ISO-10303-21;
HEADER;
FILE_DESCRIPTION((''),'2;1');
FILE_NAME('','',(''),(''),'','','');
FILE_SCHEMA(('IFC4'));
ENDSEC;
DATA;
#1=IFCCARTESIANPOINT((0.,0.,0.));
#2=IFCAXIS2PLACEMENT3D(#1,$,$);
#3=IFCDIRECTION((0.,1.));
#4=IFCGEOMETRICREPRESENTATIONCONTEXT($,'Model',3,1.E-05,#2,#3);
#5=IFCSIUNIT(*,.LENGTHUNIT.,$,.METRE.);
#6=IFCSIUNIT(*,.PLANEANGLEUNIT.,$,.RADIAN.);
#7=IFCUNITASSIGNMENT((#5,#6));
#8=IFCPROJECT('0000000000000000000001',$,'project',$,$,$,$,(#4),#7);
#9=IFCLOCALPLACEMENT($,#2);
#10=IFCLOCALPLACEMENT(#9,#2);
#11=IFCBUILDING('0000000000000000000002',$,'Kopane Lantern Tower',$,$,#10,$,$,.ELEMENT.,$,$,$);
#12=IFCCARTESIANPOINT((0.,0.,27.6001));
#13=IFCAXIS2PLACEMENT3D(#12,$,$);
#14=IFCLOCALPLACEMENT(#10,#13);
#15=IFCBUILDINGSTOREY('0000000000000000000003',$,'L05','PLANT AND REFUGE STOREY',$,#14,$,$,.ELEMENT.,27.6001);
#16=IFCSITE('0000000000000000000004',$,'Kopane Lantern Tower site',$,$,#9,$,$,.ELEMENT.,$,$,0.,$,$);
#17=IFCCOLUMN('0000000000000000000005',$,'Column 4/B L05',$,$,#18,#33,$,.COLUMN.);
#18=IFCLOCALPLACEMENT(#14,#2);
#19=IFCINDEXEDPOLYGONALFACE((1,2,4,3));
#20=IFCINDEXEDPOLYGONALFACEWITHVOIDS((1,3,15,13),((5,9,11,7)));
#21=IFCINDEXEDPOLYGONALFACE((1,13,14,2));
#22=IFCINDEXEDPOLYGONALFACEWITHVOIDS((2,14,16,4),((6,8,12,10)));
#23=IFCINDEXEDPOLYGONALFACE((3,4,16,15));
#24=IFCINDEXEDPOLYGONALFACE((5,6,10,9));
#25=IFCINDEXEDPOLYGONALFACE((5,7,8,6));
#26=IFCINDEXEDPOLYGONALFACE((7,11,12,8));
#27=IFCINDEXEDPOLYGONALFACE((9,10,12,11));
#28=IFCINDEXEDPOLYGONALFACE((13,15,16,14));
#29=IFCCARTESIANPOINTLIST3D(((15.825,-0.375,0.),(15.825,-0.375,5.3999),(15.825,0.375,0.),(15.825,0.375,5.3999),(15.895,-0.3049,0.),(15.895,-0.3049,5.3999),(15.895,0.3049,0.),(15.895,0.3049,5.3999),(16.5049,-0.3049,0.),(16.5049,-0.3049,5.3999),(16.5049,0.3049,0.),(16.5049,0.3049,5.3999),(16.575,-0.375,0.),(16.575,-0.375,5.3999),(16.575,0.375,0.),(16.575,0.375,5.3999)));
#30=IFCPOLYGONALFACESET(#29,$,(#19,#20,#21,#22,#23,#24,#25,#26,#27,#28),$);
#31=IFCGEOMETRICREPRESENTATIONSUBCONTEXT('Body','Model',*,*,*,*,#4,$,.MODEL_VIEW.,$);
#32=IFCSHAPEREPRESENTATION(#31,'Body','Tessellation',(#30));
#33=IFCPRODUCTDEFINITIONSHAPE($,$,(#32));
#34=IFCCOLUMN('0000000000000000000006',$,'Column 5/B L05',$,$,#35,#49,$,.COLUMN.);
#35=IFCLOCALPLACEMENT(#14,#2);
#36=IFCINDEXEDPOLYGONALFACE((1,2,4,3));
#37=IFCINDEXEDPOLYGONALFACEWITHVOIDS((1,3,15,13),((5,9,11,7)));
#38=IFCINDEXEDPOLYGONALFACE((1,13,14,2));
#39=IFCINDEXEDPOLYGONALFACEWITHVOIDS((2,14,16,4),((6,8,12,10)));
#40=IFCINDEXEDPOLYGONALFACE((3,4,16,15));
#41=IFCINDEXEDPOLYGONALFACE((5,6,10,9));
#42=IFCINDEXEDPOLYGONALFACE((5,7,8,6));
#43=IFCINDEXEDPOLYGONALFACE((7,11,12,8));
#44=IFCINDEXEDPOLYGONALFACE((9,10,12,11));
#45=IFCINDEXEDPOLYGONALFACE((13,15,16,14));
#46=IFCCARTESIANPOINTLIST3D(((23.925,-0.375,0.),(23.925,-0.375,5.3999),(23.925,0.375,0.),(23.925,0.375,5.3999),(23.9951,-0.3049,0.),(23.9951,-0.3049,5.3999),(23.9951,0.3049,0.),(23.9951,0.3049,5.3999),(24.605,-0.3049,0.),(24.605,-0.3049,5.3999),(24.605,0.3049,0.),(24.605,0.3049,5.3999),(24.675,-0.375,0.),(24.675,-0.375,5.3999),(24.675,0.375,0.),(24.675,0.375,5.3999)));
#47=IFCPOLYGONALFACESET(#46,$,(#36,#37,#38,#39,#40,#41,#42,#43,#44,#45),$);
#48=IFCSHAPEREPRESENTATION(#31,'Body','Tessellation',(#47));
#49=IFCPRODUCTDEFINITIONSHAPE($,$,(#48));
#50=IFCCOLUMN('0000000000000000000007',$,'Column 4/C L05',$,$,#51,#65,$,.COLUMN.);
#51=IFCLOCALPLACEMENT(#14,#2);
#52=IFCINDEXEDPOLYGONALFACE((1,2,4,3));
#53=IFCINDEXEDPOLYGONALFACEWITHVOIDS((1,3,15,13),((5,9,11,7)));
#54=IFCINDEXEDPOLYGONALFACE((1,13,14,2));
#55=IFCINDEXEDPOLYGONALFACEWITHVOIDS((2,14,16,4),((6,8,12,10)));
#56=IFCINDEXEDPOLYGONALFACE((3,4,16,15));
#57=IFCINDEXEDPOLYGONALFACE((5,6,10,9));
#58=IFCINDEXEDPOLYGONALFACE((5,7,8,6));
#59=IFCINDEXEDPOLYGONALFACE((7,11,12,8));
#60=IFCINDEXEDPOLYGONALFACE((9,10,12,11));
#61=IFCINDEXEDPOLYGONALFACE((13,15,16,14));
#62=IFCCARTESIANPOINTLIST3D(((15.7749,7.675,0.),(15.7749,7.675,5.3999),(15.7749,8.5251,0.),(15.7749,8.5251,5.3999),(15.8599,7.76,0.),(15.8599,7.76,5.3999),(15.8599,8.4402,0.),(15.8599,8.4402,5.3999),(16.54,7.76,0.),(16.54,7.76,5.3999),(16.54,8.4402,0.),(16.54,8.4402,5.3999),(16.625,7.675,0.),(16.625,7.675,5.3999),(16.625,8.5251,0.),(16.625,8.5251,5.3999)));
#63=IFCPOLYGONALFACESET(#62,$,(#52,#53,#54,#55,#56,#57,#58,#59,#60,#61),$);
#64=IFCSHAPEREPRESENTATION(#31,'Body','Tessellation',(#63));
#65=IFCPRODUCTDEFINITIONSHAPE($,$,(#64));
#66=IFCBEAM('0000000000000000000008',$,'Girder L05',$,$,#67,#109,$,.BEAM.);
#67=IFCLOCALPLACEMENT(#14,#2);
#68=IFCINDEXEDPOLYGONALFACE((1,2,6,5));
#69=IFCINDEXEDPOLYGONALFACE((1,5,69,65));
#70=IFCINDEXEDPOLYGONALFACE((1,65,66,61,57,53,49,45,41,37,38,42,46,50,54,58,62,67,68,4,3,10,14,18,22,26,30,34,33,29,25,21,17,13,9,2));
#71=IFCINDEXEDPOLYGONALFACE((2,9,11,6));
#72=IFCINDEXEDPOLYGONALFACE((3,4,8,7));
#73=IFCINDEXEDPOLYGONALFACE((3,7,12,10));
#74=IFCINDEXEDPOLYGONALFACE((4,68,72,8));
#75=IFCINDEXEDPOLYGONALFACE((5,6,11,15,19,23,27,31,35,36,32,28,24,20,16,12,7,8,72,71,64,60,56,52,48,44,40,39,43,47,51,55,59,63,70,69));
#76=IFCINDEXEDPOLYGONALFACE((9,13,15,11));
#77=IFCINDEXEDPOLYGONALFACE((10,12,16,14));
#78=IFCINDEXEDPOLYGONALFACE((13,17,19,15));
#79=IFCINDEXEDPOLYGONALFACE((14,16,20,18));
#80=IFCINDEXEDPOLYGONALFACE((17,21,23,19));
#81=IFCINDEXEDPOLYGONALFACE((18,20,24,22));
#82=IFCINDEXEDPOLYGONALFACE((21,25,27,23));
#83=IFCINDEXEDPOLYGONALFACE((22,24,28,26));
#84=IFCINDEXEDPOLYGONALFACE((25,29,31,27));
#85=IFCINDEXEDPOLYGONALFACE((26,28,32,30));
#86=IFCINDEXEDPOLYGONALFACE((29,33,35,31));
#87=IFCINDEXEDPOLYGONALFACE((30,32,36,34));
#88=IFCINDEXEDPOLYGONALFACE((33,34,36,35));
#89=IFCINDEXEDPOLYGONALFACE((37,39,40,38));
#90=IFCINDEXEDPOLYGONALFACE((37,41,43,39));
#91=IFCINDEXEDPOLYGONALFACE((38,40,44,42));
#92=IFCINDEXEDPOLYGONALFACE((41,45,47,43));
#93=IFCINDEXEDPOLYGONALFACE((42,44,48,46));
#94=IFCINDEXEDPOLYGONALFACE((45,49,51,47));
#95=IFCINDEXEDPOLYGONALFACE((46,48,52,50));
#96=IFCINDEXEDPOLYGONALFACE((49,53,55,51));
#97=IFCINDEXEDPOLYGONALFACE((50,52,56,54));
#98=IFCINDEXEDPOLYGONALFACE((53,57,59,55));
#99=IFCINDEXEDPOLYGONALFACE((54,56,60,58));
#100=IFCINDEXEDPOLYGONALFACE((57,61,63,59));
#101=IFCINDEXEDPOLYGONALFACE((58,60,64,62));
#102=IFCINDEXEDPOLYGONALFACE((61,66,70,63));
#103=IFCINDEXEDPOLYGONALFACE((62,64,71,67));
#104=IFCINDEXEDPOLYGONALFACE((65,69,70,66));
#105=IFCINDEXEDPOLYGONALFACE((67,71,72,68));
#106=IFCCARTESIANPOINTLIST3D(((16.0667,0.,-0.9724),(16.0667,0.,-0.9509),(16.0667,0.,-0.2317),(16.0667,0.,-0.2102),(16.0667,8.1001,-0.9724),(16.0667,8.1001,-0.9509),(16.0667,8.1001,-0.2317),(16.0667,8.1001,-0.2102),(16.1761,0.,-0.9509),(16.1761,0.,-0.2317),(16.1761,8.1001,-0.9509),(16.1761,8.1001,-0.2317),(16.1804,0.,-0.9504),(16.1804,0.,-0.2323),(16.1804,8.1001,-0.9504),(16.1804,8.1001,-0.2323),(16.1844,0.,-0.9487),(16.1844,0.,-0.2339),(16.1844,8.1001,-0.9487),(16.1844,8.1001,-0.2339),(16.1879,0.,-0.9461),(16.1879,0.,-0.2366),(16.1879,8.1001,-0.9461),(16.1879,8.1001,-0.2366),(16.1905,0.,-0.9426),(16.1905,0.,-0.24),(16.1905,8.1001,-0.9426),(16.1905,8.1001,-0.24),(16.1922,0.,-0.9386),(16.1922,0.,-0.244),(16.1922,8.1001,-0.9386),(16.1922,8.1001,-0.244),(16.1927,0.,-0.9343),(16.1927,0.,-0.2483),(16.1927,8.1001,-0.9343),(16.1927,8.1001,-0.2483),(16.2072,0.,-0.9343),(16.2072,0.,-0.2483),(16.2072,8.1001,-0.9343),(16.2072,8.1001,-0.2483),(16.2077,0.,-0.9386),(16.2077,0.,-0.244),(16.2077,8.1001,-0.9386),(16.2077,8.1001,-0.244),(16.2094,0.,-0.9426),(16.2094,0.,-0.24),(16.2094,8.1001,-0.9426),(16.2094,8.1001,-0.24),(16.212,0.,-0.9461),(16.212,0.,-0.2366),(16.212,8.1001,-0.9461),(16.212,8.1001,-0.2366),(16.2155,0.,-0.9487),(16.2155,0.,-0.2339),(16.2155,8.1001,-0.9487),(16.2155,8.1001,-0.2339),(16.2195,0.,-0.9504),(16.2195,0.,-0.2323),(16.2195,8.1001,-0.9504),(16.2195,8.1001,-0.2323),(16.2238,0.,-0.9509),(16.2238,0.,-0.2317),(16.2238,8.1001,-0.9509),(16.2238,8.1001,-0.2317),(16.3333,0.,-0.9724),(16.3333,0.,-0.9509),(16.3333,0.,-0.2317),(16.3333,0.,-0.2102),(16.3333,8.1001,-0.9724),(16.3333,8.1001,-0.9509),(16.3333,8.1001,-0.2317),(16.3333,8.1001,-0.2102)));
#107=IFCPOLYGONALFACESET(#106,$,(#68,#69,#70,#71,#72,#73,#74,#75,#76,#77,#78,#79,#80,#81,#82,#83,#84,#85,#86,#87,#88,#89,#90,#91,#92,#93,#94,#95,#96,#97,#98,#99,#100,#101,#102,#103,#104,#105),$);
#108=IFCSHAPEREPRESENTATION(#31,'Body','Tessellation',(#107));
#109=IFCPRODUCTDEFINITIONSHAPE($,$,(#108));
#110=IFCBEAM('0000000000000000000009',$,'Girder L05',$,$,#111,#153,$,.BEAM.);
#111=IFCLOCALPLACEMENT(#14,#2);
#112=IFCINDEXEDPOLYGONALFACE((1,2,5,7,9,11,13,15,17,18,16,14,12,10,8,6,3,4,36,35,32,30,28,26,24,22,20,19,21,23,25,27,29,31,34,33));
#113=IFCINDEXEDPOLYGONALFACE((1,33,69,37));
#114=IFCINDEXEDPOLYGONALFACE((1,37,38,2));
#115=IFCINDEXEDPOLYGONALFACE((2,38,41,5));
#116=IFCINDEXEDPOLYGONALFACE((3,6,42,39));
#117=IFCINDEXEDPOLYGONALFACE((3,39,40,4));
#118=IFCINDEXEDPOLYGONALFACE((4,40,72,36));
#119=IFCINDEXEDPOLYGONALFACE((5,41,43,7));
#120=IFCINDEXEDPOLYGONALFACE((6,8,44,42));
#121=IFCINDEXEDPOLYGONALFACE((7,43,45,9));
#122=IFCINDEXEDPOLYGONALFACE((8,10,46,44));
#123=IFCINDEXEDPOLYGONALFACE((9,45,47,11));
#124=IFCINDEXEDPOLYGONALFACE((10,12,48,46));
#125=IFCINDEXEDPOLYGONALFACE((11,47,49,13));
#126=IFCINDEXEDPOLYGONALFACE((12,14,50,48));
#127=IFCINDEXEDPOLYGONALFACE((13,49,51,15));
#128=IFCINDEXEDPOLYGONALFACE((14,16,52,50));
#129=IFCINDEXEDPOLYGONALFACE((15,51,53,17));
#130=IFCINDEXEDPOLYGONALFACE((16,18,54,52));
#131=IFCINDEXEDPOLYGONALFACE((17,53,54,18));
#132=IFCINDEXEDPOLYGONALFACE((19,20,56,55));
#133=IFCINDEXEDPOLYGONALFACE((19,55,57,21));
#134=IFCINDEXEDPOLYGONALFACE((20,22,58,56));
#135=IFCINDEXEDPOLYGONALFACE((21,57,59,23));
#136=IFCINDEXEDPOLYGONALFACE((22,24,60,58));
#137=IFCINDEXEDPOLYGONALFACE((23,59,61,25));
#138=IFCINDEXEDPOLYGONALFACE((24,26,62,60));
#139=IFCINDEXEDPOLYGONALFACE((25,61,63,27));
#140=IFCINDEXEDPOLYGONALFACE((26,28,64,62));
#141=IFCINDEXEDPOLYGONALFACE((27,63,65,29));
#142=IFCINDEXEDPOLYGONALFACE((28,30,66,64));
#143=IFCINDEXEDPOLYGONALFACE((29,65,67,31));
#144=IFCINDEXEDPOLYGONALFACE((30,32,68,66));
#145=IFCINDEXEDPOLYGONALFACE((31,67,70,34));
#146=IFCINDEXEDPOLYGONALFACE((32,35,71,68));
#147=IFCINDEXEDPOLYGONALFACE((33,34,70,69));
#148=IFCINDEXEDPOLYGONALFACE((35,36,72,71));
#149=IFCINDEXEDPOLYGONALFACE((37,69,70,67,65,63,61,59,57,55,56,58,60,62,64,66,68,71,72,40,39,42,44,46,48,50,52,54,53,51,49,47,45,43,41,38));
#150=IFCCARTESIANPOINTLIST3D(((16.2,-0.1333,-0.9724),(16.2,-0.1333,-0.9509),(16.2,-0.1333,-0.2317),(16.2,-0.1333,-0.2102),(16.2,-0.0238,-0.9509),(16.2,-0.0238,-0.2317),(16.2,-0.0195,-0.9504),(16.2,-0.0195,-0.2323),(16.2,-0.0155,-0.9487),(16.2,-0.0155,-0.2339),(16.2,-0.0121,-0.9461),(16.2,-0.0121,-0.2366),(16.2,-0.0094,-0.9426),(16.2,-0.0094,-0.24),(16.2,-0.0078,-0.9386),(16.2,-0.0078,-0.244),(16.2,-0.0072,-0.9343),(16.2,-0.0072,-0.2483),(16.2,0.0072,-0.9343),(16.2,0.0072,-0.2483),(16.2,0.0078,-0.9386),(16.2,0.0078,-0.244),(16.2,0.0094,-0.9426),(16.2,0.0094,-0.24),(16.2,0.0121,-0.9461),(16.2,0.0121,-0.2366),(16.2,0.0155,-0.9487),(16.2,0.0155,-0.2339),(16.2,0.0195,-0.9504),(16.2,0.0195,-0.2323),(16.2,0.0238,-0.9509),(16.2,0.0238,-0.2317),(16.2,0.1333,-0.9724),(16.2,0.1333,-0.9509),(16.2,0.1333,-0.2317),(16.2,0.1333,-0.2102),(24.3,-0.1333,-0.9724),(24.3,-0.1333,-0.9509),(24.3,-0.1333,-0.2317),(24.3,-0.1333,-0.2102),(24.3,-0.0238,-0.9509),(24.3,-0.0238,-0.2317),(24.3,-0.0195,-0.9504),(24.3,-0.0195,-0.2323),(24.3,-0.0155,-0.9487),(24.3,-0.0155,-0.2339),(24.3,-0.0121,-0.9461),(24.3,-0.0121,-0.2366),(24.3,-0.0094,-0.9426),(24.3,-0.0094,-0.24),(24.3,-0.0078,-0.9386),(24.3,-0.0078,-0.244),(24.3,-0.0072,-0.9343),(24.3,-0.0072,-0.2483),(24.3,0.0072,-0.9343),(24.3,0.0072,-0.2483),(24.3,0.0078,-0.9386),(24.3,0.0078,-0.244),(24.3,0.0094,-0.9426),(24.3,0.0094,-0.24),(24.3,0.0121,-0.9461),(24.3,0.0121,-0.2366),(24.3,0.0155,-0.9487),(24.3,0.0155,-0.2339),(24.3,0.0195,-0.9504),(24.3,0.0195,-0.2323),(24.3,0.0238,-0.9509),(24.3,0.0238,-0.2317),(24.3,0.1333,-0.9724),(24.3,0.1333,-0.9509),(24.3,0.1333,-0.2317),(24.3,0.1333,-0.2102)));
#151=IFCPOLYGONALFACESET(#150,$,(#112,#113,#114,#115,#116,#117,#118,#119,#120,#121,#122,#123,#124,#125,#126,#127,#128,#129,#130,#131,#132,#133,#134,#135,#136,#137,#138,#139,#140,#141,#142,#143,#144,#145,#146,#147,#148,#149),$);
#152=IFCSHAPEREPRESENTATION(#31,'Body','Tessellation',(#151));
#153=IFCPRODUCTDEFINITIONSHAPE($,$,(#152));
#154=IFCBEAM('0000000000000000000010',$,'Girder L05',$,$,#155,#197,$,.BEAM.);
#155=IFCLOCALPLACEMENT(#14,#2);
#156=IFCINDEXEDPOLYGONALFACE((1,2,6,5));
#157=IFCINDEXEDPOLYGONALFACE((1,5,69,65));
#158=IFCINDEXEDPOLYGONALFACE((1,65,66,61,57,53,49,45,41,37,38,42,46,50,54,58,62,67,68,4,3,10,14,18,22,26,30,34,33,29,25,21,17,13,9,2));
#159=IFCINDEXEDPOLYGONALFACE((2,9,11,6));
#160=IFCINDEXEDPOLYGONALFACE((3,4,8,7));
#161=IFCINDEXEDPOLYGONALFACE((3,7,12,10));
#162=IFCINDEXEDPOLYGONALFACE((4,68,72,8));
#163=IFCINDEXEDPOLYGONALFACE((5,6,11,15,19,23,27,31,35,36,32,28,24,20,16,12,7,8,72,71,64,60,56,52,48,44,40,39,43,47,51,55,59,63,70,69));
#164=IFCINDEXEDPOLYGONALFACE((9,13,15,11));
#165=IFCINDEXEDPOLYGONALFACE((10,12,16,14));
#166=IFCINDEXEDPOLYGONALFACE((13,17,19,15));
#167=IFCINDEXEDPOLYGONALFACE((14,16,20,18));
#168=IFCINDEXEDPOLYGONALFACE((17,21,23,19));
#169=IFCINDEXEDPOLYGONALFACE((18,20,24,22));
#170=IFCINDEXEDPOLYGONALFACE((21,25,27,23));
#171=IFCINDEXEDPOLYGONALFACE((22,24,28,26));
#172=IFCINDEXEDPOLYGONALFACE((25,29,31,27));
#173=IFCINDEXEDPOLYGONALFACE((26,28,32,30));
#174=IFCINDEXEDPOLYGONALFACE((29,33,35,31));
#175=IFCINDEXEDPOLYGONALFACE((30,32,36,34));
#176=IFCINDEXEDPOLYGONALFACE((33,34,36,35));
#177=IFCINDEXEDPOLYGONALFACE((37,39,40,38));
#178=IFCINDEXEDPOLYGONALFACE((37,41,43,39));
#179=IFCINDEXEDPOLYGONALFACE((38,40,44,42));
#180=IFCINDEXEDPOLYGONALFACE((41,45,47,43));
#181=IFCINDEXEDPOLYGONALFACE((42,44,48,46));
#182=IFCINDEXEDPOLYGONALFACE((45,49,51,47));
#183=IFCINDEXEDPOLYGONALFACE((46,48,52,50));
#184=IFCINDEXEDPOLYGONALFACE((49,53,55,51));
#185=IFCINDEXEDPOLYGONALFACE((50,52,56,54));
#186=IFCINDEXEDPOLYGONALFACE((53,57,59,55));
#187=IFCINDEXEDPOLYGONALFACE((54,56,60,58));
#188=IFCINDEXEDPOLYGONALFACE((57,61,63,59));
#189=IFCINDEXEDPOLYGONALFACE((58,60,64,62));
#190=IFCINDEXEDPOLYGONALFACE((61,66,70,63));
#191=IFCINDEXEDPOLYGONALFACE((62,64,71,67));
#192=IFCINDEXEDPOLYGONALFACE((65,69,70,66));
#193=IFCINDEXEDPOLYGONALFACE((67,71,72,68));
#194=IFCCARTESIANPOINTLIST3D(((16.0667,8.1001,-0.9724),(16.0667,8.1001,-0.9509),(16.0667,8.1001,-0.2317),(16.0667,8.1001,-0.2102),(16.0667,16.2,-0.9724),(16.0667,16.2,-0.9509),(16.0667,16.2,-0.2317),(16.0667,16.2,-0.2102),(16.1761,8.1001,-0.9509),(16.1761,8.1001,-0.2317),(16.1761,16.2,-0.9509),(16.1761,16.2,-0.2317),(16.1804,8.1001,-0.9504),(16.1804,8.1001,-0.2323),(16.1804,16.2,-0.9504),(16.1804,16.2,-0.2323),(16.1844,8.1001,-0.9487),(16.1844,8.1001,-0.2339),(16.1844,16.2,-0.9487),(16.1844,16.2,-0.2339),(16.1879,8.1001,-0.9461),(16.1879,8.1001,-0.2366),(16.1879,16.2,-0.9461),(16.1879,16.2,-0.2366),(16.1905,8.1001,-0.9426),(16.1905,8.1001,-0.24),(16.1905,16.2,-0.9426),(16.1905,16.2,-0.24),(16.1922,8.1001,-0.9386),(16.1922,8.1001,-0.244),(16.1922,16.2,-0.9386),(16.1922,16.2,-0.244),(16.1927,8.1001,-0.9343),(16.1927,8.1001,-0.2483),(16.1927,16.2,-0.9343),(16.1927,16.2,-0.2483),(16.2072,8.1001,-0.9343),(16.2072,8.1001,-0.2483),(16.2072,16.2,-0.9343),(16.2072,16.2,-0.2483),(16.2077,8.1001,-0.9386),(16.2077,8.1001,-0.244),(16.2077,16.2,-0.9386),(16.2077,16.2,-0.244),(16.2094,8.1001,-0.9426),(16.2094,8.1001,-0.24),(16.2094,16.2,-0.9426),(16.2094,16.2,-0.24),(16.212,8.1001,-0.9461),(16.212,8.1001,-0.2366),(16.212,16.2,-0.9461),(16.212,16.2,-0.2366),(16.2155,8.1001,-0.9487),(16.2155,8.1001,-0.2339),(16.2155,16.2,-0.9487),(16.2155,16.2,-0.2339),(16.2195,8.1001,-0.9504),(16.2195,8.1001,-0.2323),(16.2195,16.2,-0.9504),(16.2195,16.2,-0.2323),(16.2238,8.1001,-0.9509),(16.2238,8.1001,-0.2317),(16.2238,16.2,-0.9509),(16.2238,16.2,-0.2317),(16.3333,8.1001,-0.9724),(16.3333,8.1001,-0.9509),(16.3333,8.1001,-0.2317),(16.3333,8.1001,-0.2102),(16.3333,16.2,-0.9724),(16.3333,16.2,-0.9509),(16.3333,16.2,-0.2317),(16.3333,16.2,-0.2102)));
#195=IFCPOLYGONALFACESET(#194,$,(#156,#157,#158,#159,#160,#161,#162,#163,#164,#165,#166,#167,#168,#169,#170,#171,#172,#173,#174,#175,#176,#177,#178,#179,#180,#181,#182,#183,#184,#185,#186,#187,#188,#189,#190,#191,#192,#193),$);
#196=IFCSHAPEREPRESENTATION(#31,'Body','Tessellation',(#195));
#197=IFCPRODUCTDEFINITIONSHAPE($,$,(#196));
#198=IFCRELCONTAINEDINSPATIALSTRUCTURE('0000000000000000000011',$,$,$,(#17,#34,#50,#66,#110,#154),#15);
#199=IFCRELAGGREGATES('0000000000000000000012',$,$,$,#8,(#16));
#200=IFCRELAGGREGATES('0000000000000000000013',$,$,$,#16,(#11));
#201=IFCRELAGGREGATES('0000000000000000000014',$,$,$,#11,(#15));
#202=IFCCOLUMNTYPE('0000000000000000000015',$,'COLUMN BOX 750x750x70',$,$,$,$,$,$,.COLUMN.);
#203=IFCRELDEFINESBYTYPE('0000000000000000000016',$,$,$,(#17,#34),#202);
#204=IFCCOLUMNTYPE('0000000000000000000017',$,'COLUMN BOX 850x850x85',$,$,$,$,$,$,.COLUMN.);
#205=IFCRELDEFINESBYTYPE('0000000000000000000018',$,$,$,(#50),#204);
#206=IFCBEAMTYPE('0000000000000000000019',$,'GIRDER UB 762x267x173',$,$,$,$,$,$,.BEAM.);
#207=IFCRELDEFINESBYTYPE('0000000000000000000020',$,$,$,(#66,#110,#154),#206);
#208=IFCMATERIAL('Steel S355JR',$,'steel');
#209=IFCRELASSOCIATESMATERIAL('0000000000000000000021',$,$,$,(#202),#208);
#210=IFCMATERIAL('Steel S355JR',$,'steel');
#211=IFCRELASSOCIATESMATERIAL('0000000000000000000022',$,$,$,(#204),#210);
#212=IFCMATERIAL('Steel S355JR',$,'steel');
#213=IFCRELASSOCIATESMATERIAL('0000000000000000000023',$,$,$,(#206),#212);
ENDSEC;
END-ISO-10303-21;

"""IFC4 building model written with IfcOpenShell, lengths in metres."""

from ifc_helpers import new_model, si_unit, direction, frame, origin, origin_2d, place, context, subcontext, project, spatial, hollow_rectangle, i_section, extrude, material, material_profile, profile_set, type_object, element, save


model = new_model("IFC4")

# Units and contexts
model_context = context("Model", 3, precision=1e-05, world=origin(), true_north=direction((0.0, 1.0)))
body_context = subcontext(model_context, "Body", "Model", "MODEL_VIEW")
ifc_project = project(units=[si_unit("LENGTHUNIT", "METRE"), si_unit("PLANEANGLEUNIT", "RADIAN")], contexts=[model_context])

# Site, building, storey
site_placement = place(None, origin())
site = spatial("IfcSite", under=ifc_project, at=site_placement, Name="Kopane Lantern Tower site", CompositionType="ELEMENT", RefElevation=0.0)
building_placement = place(site_placement, origin())
building = spatial("IfcBuilding", under=site, at=building_placement, Name="Kopane Lantern Tower", CompositionType="ELEMENT")
storey_placement = place(building_placement, frame((0.0, 0.0, 27.6001)))
storey = spatial("IfcBuildingStorey", under=building, at=storey_placement, Name="L05", Description="PLANT AND REFUGE STOREY", CompositionType="ELEMENT", Elevation=27.6001)

# Columns
ifc_material_1 = material(Name="Steel S355JR", Category="steel")
ifc_material_profile_1 = material_profile(ifc_material_1, hollow_rectangle(XDim=0.75, YDim=0.75, WallThickness=0.0701, at=origin_2d()), Name="BOX 750x750x70")
ifc_profile_set_1 = profile_set([ifc_material_profile_1], Name="Steel S355JR")
column_type_1 = type_object("IfcColumnType", Name="COLUMN BOX 750x750x70", PredefinedType="COLUMN", material=ifc_profile_set_1)
for number, where, z_axis, x_axis, name in (
    (1, (16.2, 0.0, 0.0), (0.0, 0.0, 1.0), (1.0, 0.0, 0.0), "Column 4/B L05"),
    (2, (24.3, 0.0, 0.0), (0.0, 0.0, 1.0), (1.0, 0.0, 0.0), "Column 5/B L05"),
):
    element("IfcColumn", number, at=place(storey_placement, frame(where, z_axis=z_axis, x_axis=x_axis)), inside=storey, type_object=column_type_1, Name=name, PredefinedType="COLUMN", context=body_context, shape_type="SweptSolid", body=[
        extrude(hollow_rectangle(XDim=0.75, YDim=0.75, WallThickness=0.0701, at=origin_2d()), origin(), (0.0, 0.0, 1.0), 5.3999),
    ])
ifc_material_2 = material(Name="Steel S355JR", Category="steel")
ifc_material_profile_2 = material_profile(ifc_material_2, hollow_rectangle(XDim=0.8501, YDim=0.8501, WallThickness=0.085, at=origin_2d()), Name="BOX 850x850x85")
ifc_profile_set_2 = profile_set([ifc_material_profile_2], Name="Steel S355JR")
column_type_2 = type_object("IfcColumnType", Name="COLUMN BOX 850x850x85", PredefinedType="COLUMN", material=ifc_profile_set_2)
column_placement = place(storey_placement, frame((16.2, 8.1001, 0.0), z_axis=(0.0, 0.0, 1.0), x_axis=(1.0, 0.0, 0.0)))
element("IfcColumn", 3, at=column_placement, inside=storey, type_object=column_type_2, Name="Column 4/C L05", PredefinedType="COLUMN", context=body_context, shape_type="SweptSolid", body=[
    extrude(hollow_rectangle(XDim=0.8501, YDim=0.8501, WallThickness=0.085, at=origin_2d()), origin(), (0.0, 0.0, 1.0), 5.3999),
])

# Beams
ifc_material_3 = material(Name="Steel S355JR", Category="steel")
ifc_material_profile_3 = material_profile(ifc_material_3, i_section(OverallWidth=0.2666, OverallDepth=0.7622, WebThickness=0.0144, FlangeThickness=0.0215, FilletRadius=0.0166, at=origin_2d()), Name="UB 762x267x173")
ifc_profile_set_3 = profile_set([ifc_material_profile_3], Name="Steel S355JR")
beam_type = type_object("IfcBeamType", Name="GIRDER UB 762x267x173", PredefinedType="BEAM", material=ifc_profile_set_3)
for number, where, z_axis, x_axis, name in (
    (4, (16.2, 0.0, -0.5913), (0.0, 1.0, 0.0), (-1.0, 0.0, 0.0), "Girder L05"),
    (5, (16.2, 0.0, -0.5913), (1.0, 0.0, 0.0), (0.0, 1.0, 0.0), "Girder L05"),
):
    element("IfcBeam", number, at=place(storey_placement, frame(where, z_axis=z_axis, x_axis=x_axis)), inside=storey, type_object=beam_type, Name=name, PredefinedType="BEAM", context=body_context, shape_type="SweptSolid", body=[
        extrude(i_section(OverallWidth=0.2666, OverallDepth=0.7622, WebThickness=0.0144, FlangeThickness=0.0215, FilletRadius=0.0166, at=origin_2d()), origin(), (0.0, 0.0, 1.0), 8.1001),
    ])
beam_1_placement = place(storey_placement, frame((16.2, 8.1001, -0.5913), z_axis=(0.0, 1.0, 0.0), x_axis=(-1.0, 0.0, 0.0)))
element("IfcBeam", 6, at=beam_1_placement, inside=storey, type_object=beam_type, Name="Girder L05", PredefinedType="BEAM", context=body_context, shape_type="SweptSolid", body=[
    extrude(i_section(OverallWidth=0.2666, OverallDepth=0.7622, WebThickness=0.0144, FlangeThickness=0.0215, FilletRadius=0.0166, at=origin_2d()), origin(), (0.0, 0.0, 1.0), 8.0999),
])

save(model, "model.ifc")
